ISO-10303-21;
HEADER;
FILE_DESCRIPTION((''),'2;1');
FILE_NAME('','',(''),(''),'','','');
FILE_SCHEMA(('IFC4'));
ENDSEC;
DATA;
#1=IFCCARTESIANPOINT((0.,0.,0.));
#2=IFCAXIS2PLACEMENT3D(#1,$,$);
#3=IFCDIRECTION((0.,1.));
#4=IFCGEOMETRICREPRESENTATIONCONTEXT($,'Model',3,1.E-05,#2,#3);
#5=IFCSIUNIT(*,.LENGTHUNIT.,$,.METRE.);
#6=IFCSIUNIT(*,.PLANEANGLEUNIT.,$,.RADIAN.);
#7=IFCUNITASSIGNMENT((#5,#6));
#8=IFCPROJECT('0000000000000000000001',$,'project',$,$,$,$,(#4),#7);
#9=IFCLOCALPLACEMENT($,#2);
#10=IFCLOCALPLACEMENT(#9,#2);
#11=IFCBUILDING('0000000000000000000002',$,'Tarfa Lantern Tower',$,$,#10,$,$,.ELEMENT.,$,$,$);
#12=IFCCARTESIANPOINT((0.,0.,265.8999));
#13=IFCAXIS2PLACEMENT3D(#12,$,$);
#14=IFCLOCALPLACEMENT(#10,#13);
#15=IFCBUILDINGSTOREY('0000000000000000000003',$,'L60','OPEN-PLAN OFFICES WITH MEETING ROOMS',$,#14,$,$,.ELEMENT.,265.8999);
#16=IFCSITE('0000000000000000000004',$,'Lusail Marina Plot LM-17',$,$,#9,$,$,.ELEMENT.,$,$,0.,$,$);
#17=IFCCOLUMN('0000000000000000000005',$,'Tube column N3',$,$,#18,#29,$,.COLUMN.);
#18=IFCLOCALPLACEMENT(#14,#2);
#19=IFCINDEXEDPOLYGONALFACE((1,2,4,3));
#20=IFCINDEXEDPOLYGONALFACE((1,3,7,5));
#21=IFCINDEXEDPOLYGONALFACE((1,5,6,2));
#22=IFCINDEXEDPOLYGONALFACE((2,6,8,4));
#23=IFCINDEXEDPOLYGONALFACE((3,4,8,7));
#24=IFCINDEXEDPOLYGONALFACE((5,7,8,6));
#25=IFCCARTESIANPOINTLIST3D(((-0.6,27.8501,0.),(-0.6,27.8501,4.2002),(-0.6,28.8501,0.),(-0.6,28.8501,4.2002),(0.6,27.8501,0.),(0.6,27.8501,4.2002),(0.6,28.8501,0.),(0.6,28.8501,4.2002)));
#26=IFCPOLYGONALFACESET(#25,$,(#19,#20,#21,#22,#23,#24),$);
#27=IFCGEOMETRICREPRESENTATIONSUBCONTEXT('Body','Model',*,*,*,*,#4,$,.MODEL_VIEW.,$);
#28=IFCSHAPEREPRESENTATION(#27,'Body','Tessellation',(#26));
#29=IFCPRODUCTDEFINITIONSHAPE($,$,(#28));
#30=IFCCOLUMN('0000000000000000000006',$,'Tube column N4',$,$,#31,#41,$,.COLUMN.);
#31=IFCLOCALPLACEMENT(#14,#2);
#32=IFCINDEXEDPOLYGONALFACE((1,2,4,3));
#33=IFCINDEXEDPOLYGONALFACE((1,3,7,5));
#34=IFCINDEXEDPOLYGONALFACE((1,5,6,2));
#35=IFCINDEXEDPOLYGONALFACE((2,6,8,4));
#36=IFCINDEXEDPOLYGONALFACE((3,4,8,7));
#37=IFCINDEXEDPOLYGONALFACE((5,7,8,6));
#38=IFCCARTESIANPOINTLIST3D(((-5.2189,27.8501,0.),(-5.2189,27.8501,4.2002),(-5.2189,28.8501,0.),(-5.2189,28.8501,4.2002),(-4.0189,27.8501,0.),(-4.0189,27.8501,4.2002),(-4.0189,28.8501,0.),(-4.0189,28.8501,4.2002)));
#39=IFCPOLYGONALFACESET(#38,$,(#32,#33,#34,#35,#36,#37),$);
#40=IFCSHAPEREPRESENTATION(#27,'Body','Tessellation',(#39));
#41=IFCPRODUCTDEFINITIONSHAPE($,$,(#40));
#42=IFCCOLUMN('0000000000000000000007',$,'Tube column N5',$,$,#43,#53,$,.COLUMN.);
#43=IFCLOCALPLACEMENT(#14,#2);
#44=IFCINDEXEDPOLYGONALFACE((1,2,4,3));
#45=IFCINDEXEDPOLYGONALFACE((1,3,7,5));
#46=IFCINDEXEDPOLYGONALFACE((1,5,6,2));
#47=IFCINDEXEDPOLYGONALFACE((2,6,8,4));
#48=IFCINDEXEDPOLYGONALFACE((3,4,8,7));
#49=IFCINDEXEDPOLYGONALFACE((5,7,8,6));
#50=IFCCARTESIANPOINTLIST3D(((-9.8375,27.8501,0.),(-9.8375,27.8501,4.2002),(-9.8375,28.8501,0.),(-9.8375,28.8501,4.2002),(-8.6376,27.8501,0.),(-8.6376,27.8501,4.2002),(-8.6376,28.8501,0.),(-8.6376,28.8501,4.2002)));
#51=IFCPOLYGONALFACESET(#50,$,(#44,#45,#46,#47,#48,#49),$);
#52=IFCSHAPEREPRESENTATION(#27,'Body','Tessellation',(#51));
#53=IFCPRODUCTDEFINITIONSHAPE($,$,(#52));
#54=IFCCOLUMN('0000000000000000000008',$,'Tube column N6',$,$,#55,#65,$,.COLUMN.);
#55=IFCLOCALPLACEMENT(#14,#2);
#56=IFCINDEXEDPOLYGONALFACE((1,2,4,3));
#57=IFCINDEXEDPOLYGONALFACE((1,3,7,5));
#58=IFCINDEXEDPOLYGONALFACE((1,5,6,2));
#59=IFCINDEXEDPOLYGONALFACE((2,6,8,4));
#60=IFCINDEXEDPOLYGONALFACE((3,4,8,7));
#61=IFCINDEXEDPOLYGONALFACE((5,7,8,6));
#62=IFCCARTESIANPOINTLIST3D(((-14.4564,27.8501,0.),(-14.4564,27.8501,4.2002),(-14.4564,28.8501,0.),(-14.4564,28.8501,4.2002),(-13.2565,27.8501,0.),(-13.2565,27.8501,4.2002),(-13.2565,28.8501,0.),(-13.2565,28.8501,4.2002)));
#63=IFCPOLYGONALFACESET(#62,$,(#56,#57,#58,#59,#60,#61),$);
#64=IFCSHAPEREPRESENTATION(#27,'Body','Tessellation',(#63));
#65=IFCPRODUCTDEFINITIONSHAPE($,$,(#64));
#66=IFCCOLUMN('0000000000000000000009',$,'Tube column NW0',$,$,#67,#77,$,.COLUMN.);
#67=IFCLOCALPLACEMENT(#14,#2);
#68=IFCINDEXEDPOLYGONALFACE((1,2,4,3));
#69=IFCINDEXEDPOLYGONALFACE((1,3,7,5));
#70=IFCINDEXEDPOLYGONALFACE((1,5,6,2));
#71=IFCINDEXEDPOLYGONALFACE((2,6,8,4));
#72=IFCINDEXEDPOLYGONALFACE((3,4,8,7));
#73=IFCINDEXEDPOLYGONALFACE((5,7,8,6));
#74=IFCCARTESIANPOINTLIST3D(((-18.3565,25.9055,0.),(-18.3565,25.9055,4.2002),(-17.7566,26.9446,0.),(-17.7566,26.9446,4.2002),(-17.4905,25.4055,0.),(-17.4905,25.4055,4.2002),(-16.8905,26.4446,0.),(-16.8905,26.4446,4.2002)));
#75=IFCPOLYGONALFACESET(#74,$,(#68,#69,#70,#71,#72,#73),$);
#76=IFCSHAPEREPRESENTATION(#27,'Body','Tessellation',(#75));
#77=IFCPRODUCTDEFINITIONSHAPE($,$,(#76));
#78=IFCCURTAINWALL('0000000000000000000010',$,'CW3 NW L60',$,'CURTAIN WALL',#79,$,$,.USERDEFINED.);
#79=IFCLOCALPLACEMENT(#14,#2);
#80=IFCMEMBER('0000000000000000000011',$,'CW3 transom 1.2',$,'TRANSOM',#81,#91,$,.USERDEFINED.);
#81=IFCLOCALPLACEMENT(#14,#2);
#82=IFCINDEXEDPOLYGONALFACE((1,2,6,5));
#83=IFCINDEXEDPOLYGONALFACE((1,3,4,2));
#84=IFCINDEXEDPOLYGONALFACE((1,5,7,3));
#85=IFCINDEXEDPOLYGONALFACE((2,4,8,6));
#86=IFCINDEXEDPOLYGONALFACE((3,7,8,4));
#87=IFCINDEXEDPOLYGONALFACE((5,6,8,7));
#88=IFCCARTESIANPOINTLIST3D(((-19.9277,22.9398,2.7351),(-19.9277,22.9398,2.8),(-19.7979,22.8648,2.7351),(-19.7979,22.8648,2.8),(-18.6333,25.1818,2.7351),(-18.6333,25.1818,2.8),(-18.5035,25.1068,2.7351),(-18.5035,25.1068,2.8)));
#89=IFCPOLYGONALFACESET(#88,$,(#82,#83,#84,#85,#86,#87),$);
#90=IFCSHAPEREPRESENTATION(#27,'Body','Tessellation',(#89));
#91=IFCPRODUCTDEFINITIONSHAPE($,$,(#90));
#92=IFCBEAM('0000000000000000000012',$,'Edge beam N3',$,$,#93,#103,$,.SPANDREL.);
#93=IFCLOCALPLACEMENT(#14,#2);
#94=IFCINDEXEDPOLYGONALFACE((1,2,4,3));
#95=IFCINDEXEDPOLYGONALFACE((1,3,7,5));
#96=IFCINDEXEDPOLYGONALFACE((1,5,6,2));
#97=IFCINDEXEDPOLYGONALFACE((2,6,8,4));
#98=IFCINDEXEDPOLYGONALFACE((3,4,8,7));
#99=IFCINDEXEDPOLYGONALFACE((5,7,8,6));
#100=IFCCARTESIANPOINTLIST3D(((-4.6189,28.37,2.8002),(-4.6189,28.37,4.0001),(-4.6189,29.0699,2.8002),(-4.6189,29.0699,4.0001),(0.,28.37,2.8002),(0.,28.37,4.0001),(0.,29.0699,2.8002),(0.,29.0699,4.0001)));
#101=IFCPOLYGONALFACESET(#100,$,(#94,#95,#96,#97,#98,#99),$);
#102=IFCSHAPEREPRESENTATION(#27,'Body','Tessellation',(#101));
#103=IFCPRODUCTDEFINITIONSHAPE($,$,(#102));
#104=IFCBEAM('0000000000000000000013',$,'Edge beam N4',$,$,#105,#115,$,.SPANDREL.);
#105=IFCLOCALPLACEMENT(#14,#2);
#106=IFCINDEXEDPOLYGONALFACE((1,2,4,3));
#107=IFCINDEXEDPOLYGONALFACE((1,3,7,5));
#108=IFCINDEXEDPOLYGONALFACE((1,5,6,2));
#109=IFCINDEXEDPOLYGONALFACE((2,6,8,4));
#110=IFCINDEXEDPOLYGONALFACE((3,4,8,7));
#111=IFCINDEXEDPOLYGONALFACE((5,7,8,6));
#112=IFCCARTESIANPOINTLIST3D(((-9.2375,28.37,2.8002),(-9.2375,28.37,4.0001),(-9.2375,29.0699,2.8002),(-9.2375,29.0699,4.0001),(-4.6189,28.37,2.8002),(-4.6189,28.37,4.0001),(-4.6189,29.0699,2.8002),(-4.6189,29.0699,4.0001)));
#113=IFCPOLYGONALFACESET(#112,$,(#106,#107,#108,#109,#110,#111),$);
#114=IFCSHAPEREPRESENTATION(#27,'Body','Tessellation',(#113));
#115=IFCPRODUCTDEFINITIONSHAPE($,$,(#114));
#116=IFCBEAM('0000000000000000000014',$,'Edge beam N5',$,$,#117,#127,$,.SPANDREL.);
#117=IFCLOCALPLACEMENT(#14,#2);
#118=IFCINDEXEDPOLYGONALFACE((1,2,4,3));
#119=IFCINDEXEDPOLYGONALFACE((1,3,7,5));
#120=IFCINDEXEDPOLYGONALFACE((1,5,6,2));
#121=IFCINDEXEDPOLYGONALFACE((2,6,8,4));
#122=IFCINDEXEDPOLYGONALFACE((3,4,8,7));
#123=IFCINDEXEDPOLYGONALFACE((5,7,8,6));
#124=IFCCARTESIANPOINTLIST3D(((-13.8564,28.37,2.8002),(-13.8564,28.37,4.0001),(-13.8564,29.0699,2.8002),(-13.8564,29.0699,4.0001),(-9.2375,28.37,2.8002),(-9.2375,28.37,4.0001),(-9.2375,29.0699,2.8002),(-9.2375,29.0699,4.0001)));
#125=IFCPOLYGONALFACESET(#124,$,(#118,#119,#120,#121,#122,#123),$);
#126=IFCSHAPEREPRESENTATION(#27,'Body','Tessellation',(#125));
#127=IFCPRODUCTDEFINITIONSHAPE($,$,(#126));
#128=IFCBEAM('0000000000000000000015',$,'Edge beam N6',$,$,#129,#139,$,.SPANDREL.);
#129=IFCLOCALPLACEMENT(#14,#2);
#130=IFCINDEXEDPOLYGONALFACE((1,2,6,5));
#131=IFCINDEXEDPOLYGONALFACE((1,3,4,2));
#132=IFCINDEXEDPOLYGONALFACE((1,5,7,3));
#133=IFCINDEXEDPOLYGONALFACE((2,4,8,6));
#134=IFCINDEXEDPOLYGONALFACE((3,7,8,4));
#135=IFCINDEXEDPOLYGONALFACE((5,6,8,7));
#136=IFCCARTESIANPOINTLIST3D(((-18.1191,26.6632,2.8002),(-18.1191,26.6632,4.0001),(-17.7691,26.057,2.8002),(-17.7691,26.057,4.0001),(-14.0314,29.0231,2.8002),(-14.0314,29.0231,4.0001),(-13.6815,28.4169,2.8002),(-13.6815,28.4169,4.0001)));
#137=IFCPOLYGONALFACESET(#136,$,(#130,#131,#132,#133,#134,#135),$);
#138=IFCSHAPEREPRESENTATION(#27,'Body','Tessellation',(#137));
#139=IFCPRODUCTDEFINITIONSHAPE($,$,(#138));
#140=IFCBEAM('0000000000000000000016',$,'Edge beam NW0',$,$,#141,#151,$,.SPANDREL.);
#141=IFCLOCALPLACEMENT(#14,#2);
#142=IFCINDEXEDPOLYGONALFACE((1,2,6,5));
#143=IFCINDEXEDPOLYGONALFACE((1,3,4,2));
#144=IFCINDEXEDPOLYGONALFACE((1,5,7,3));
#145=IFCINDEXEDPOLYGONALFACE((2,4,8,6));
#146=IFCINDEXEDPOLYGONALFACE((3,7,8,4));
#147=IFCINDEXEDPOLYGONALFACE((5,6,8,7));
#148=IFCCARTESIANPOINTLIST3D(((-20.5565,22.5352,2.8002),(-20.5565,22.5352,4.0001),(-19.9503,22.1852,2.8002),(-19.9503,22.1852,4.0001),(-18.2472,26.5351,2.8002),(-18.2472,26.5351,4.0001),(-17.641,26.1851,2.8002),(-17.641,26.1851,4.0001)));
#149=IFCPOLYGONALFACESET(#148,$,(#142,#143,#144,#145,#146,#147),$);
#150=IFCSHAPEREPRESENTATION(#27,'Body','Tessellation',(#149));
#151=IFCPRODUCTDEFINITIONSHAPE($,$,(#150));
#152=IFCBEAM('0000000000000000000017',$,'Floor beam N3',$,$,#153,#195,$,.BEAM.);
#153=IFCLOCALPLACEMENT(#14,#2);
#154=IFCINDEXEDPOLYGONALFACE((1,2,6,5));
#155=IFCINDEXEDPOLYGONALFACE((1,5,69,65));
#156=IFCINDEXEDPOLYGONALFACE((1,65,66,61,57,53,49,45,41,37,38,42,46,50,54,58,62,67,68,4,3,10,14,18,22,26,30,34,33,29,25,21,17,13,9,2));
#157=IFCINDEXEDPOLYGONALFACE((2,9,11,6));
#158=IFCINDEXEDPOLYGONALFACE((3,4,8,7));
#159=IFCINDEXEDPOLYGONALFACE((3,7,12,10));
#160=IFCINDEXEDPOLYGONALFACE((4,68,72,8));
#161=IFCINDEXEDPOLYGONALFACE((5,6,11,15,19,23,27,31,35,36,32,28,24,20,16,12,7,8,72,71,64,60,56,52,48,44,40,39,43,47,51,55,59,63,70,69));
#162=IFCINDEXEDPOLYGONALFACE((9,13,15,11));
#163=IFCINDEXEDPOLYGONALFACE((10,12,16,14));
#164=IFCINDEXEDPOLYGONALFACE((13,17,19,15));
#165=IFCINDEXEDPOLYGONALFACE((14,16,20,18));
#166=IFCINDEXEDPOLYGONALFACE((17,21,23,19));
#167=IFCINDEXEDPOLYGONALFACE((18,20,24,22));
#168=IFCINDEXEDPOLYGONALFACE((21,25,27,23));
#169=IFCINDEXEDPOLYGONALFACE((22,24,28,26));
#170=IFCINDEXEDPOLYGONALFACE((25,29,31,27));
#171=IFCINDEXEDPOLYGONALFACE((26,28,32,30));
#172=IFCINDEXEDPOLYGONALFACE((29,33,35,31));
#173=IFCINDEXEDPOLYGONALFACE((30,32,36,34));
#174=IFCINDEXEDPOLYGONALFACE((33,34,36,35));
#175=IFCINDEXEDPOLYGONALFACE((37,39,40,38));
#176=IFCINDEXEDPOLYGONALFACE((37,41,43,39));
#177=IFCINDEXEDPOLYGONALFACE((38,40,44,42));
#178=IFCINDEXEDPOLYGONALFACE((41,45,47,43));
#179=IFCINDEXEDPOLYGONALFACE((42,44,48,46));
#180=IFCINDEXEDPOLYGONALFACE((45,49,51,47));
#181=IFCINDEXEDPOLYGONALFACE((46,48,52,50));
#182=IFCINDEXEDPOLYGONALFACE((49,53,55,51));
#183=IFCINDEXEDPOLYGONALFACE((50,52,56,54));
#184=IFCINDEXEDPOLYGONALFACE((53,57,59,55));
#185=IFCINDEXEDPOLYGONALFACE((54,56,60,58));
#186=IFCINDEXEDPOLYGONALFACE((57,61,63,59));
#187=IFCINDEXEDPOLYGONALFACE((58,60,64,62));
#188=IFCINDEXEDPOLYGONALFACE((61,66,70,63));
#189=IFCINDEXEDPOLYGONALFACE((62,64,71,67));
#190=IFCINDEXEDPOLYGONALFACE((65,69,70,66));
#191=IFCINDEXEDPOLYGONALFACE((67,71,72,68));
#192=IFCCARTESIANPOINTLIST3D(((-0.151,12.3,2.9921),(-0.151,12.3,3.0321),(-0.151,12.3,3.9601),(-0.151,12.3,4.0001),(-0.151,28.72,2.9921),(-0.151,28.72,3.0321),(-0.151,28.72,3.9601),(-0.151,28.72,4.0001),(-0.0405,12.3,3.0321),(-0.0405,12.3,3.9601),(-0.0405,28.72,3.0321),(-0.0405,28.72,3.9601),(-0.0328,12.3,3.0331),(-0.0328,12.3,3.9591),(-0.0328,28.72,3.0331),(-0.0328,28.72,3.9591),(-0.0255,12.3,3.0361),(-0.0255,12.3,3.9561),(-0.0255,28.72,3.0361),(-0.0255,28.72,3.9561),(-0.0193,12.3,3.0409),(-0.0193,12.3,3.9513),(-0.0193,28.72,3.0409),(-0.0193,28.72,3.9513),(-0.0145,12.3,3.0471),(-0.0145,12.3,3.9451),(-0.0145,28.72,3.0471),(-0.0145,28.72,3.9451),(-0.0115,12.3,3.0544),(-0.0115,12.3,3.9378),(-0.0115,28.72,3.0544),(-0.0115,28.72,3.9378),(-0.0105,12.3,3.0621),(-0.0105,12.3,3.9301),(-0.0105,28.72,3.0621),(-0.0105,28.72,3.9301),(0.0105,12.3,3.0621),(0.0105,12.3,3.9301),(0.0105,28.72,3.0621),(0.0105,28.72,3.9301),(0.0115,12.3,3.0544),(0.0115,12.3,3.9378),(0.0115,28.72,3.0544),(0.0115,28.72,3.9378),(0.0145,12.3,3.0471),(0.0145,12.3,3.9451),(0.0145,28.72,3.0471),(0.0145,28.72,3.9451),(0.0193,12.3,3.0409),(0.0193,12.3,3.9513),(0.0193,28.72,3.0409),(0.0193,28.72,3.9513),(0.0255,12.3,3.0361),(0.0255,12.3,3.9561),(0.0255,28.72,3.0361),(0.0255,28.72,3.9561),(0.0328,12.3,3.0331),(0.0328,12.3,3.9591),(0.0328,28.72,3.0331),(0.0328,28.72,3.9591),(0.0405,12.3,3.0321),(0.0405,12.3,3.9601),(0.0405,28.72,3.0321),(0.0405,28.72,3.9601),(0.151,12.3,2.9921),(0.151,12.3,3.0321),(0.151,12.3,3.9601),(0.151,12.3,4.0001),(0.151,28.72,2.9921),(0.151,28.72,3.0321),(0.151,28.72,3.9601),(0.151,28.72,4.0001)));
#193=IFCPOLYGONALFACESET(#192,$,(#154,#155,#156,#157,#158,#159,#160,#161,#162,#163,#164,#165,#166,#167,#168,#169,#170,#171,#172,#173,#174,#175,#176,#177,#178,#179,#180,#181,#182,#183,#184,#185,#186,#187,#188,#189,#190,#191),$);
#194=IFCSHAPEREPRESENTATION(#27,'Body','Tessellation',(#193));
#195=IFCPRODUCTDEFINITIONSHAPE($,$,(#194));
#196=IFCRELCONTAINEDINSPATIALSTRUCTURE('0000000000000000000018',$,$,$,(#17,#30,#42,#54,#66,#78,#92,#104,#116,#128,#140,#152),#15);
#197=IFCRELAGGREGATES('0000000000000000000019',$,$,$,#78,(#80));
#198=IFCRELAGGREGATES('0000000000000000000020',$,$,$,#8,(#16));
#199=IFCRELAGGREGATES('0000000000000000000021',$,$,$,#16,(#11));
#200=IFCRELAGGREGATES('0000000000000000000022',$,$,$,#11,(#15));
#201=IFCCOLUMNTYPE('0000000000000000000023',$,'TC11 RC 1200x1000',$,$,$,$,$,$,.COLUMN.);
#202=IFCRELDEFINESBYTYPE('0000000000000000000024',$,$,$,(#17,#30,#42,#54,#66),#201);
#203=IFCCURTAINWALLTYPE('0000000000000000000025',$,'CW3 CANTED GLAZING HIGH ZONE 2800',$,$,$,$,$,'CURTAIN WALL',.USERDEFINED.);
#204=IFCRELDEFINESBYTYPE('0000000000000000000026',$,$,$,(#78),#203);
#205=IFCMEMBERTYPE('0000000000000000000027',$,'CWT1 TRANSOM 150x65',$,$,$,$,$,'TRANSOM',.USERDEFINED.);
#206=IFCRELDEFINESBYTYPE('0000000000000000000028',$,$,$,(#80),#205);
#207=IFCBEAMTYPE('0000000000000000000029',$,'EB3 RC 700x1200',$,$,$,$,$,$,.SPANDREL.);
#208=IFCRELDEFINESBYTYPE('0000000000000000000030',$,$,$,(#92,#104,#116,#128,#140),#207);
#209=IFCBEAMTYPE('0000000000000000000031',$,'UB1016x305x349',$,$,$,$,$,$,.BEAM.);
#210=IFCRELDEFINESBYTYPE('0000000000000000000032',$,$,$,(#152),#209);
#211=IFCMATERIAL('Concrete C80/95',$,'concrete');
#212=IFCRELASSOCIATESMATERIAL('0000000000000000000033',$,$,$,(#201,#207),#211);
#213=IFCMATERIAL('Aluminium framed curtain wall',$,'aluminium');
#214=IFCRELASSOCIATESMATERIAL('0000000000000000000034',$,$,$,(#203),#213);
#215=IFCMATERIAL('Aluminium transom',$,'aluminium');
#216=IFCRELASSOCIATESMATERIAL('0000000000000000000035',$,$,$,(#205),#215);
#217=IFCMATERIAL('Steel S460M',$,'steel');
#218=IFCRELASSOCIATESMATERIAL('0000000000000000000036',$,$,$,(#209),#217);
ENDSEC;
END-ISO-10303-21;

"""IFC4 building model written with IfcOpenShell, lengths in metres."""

from ifc_helpers import new_model, si_unit, direction, frame, origin, origin_2d, place, context, subcontext, project, spatial, rectangle, i_section, extrude, material, material_profile, profile_set, type_object, element, aggregate, save


model = new_model("IFC4")

# Units and contexts
model_context = context("Model", 3, precision=1e-05, world=origin(), true_north=direction((0.0, 1.0)))
body_context = subcontext(model_context, "Body", "Model", "MODEL_VIEW")
ifc_project = project(units=[si_unit("LENGTHUNIT", "METRE"), si_unit("PLANEANGLEUNIT", "RADIAN")], contexts=[model_context])

# Site, building, storey
site_placement = place(None, origin())
site = spatial("IfcSite", under=ifc_project, at=site_placement, Name="Lusail Marina Plot LM-17", CompositionType="ELEMENT", RefElevation=0.0)
building_placement = place(site_placement, origin())
building = spatial("IfcBuilding", under=site, at=building_placement, Name="Tarfa Lantern Tower", CompositionType="ELEMENT")
storey_placement = place(building_placement, frame((0.0, 0.0, 265.8999)))
storey = spatial("IfcBuildingStorey", under=building, at=storey_placement, Name="L60", Description="OPEN-PLAN OFFICES WITH MEETING ROOMS", CompositionType="ELEMENT", Elevation=265.8999)

# Columns
ifc_material_1 = material(Name="Concrete C80/95", Category="concrete")
ifc_material_profile_1 = material_profile(ifc_material_1, rectangle(XDim=1.2, YDim=1.0, at=origin_2d()), Name="RC 1200x1000")
ifc_profile_set_1 = profile_set([ifc_material_profile_1], Name="Concrete C80/95")
column_type = type_object("IfcColumnType", Name="TC11 RC 1200x1000", PredefinedType="COLUMN", material=ifc_profile_set_1)
for number, where, z_axis, x_axis, name in (
    (1, (0.0, 28.3501, 0.0), (0.0, 0.0, 1.0), (-1.0, 0.0, 0.0), "Tube column N3"),
    (2, (-4.6189, 28.3501, 0.0), (0.0, 0.0, 1.0), (-1.0, 0.0, 0.0), "Tube column N4"),
    (3, (-9.2375, 28.3501, 0.0), (0.0, 0.0, 1.0), (-1.0, 0.0, 0.0), "Tube column N5"),
    (4, (-13.8564, 28.3501, 0.0), (0.0, 0.0, 1.0), (-1.0, 0.0, 0.0), "Tube column N6"),
    (5, (-17.6235, 26.175, 0.0), (0.0, 0.0, 1.0), (-0.5, -0.866025, 0.0), "Tube column NW0"),
):
    element("IfcColumn", number, at=place(storey_placement, frame(where, z_axis=z_axis, x_axis=x_axis)), inside=storey, type_object=column_type, Name=name, PredefinedType="COLUMN", context=body_context, shape_type="SweptSolid", body=[
        extrude(rectangle(XDim=1.2, YDim=1.0, at=origin_2d()), origin(), (0.0, 0.0, 1.0), 4.2002),
    ])

# Curtain wall, member
ifc_material_2 = material(Name="Aluminium framed curtain wall", Category="aluminium")
curtain_wall_type = type_object("IfcCurtainWallType", Name="CW3 CANTED GLAZING HIGH ZONE 2800", ElementType="CURTAIN WALL", PredefinedType="USERDEFINED", material=ifc_material_2)
curtain_wall_placement = place(storey_placement, origin())
curtain_wall = element("IfcCurtainWall", 6, at=curtain_wall_placement, inside=storey, type_object=curtain_wall_type, Name="CW3 NW L60", ObjectType="CURTAIN WALL", PredefinedType="USERDEFINED")
ifc_material_3 = material(Name="Aluminium transom", Category="aluminium")
ifc_material_profile_2 = material_profile(ifc_material_3, rectangle(XDim=0.1499, YDim=0.0649, at=origin_2d()), Name="AL TRANSOM 150x65")
ifc_profile_set_2 = profile_set([ifc_material_profile_2], Name="Aluminium transom")
member_type = type_object("IfcMemberType", Name="CWT1 TRANSOM 150x65", ElementType="TRANSOM", PredefinedType="USERDEFINED", material=ifc_profile_set_2)
member_placement = place(storey_placement, frame((-18.5684, 25.1443, 2.7676), z_axis=(-0.500014, -0.866018, 0.0), x_axis=(0.866018, -0.500014, 0.0)))
member = element("IfcMember", 7, at=member_placement, type_object=member_type, Name="CW3 transom 1.2", ObjectType="TRANSOM", PredefinedType="USERDEFINED", context=body_context, shape_type="SweptSolid", body=[
    extrude(rectangle(XDim=0.1499, YDim=0.0649, at=origin_2d()), origin(), (0.0, 0.0, 1.0), 2.5889),
])
aggregate(curtain_wall, [member])

# Beams
ifc_material_profile_3 = material_profile(ifc_material_1, rectangle(XDim=0.7, YDim=1.2, at=origin_2d()), Name="RC 700x1200")
ifc_profile_set_3 = profile_set([ifc_material_profile_3], Name="Concrete C80/95")
beam_type_1 = type_object("IfcBeamType", Name="EB3 RC 700x1200", PredefinedType="SPANDREL", material=ifc_profile_set_3)
beam_1_placement = place(storey_placement, frame((0.0, 28.72, 3.4001), z_axis=(-1.0, 0.0, 0.0), x_axis=(0.0, -1.0, 0.0)))
element("IfcBeam", 8, at=beam_1_placement, inside=storey, type_object=beam_type_1, Name="Edge beam N3", PredefinedType="SPANDREL", context=body_context, shape_type="SweptSolid", body=[
    extrude(rectangle(XDim=0.7, YDim=1.2, at=origin_2d()), origin(), (0.0, 0.0, 1.0), 4.6189),
])
beam_2_placement = place(storey_placement, frame((-4.6189, 28.72, 3.4001), z_axis=(-1.0, 0.0, 0.0), x_axis=(0.0, -1.0, 0.0)))
element("IfcBeam", 9, at=beam_2_placement, inside=storey, type_object=beam_type_1, Name="Edge beam N4", PredefinedType="SPANDREL", context=body_context, shape_type="SweptSolid", body=[
    extrude(rectangle(XDim=0.7, YDim=1.2, at=origin_2d()), origin(), (0.0, 0.0, 1.0), 4.6187),
])
beam_3_placement = place(storey_placement, frame((-9.2375, 28.72, 3.4001), z_axis=(-1.0, 0.0, 0.0), x_axis=(0.0, -1.0, 0.0)))
element("IfcBeam", 10, at=beam_3_placement, inside=storey, type_object=beam_type_1, Name="Edge beam N5", PredefinedType="SPANDREL", context=body_context, shape_type="SweptSolid", body=[
    extrude(rectangle(XDim=0.7, YDim=1.2, at=origin_2d()), origin(), (0.0, 0.0, 1.0), 4.6189),
])
beam_4_placement = place(storey_placement, frame((-13.8564, 28.72, 3.4001), z_axis=(-0.866038, -0.499978, 0.0), x_axis=(0.499978, -0.866038, 0.0)))
element("IfcBeam", 11, at=beam_4_placement, inside=storey, type_object=beam_type_1, Name="Edge beam N6", PredefinedType="SPANDREL", context=body_context, shape_type="SweptSolid", body=[
    extrude(rectangle(XDim=0.7, YDim=1.2, at=origin_2d()), origin(), (0.0, 0.0, 1.0), 4.72),
])
beam_5_placement = place(storey_placement, frame((-17.9441, 26.3601, 3.4001), z_axis=(-0.499988, -0.866032, 0.0), x_axis=(0.866032, -0.499988, 0.0)))
element("IfcBeam", 12, at=beam_5_placement, inside=storey, type_object=beam_type_1, Name="Edge beam NW0", PredefinedType="SPANDREL", context=body_context, shape_type="SweptSolid", body=[
    extrude(rectangle(XDim=0.7, YDim=1.2, at=origin_2d()), origin(), (0.0, 0.0, 1.0), 4.6187),
])
ifc_material_4 = material(Name="Steel S460M", Category="steel")
ifc_material_profile_4 = material_profile(ifc_material_4, i_section(OverallWidth=0.302, OverallDepth=1.0081, WebThickness=0.021, FlangeThickness=0.04, FilletRadius=0.03, at=origin_2d()), Name="UB1016x305x349")
ifc_profile_set_4 = profile_set([ifc_material_profile_4], Name="Steel S460M")
beam_type_2 = type_object("IfcBeamType", Name="UB1016x305x349", PredefinedType="BEAM", material=ifc_profile_set_4)
for number, where, z_axis, x_axis, name in (
    (13, (0.0, 28.72, 3.4961), (0.0, -1.0, 0.0), (1.0, 0.0, 0.0), "Floor beam N3"),
):
    element("IfcBeam", number, at=place(storey_placement, frame(where, z_axis=z_axis, x_axis=x_axis)), inside=storey, type_object=beam_type_2, Name=name, PredefinedType="BEAM", context=body_context, shape_type="SweptSolid", body=[
        extrude(i_section(OverallWidth=0.302, OverallDepth=1.0081, WebThickness=0.021, FlangeThickness=0.04, FilletRadius=0.03, at=origin_2d()), origin(), (0.0, 0.0, 1.0), 16.4199),
    ])

save(model, "model.ifc")
